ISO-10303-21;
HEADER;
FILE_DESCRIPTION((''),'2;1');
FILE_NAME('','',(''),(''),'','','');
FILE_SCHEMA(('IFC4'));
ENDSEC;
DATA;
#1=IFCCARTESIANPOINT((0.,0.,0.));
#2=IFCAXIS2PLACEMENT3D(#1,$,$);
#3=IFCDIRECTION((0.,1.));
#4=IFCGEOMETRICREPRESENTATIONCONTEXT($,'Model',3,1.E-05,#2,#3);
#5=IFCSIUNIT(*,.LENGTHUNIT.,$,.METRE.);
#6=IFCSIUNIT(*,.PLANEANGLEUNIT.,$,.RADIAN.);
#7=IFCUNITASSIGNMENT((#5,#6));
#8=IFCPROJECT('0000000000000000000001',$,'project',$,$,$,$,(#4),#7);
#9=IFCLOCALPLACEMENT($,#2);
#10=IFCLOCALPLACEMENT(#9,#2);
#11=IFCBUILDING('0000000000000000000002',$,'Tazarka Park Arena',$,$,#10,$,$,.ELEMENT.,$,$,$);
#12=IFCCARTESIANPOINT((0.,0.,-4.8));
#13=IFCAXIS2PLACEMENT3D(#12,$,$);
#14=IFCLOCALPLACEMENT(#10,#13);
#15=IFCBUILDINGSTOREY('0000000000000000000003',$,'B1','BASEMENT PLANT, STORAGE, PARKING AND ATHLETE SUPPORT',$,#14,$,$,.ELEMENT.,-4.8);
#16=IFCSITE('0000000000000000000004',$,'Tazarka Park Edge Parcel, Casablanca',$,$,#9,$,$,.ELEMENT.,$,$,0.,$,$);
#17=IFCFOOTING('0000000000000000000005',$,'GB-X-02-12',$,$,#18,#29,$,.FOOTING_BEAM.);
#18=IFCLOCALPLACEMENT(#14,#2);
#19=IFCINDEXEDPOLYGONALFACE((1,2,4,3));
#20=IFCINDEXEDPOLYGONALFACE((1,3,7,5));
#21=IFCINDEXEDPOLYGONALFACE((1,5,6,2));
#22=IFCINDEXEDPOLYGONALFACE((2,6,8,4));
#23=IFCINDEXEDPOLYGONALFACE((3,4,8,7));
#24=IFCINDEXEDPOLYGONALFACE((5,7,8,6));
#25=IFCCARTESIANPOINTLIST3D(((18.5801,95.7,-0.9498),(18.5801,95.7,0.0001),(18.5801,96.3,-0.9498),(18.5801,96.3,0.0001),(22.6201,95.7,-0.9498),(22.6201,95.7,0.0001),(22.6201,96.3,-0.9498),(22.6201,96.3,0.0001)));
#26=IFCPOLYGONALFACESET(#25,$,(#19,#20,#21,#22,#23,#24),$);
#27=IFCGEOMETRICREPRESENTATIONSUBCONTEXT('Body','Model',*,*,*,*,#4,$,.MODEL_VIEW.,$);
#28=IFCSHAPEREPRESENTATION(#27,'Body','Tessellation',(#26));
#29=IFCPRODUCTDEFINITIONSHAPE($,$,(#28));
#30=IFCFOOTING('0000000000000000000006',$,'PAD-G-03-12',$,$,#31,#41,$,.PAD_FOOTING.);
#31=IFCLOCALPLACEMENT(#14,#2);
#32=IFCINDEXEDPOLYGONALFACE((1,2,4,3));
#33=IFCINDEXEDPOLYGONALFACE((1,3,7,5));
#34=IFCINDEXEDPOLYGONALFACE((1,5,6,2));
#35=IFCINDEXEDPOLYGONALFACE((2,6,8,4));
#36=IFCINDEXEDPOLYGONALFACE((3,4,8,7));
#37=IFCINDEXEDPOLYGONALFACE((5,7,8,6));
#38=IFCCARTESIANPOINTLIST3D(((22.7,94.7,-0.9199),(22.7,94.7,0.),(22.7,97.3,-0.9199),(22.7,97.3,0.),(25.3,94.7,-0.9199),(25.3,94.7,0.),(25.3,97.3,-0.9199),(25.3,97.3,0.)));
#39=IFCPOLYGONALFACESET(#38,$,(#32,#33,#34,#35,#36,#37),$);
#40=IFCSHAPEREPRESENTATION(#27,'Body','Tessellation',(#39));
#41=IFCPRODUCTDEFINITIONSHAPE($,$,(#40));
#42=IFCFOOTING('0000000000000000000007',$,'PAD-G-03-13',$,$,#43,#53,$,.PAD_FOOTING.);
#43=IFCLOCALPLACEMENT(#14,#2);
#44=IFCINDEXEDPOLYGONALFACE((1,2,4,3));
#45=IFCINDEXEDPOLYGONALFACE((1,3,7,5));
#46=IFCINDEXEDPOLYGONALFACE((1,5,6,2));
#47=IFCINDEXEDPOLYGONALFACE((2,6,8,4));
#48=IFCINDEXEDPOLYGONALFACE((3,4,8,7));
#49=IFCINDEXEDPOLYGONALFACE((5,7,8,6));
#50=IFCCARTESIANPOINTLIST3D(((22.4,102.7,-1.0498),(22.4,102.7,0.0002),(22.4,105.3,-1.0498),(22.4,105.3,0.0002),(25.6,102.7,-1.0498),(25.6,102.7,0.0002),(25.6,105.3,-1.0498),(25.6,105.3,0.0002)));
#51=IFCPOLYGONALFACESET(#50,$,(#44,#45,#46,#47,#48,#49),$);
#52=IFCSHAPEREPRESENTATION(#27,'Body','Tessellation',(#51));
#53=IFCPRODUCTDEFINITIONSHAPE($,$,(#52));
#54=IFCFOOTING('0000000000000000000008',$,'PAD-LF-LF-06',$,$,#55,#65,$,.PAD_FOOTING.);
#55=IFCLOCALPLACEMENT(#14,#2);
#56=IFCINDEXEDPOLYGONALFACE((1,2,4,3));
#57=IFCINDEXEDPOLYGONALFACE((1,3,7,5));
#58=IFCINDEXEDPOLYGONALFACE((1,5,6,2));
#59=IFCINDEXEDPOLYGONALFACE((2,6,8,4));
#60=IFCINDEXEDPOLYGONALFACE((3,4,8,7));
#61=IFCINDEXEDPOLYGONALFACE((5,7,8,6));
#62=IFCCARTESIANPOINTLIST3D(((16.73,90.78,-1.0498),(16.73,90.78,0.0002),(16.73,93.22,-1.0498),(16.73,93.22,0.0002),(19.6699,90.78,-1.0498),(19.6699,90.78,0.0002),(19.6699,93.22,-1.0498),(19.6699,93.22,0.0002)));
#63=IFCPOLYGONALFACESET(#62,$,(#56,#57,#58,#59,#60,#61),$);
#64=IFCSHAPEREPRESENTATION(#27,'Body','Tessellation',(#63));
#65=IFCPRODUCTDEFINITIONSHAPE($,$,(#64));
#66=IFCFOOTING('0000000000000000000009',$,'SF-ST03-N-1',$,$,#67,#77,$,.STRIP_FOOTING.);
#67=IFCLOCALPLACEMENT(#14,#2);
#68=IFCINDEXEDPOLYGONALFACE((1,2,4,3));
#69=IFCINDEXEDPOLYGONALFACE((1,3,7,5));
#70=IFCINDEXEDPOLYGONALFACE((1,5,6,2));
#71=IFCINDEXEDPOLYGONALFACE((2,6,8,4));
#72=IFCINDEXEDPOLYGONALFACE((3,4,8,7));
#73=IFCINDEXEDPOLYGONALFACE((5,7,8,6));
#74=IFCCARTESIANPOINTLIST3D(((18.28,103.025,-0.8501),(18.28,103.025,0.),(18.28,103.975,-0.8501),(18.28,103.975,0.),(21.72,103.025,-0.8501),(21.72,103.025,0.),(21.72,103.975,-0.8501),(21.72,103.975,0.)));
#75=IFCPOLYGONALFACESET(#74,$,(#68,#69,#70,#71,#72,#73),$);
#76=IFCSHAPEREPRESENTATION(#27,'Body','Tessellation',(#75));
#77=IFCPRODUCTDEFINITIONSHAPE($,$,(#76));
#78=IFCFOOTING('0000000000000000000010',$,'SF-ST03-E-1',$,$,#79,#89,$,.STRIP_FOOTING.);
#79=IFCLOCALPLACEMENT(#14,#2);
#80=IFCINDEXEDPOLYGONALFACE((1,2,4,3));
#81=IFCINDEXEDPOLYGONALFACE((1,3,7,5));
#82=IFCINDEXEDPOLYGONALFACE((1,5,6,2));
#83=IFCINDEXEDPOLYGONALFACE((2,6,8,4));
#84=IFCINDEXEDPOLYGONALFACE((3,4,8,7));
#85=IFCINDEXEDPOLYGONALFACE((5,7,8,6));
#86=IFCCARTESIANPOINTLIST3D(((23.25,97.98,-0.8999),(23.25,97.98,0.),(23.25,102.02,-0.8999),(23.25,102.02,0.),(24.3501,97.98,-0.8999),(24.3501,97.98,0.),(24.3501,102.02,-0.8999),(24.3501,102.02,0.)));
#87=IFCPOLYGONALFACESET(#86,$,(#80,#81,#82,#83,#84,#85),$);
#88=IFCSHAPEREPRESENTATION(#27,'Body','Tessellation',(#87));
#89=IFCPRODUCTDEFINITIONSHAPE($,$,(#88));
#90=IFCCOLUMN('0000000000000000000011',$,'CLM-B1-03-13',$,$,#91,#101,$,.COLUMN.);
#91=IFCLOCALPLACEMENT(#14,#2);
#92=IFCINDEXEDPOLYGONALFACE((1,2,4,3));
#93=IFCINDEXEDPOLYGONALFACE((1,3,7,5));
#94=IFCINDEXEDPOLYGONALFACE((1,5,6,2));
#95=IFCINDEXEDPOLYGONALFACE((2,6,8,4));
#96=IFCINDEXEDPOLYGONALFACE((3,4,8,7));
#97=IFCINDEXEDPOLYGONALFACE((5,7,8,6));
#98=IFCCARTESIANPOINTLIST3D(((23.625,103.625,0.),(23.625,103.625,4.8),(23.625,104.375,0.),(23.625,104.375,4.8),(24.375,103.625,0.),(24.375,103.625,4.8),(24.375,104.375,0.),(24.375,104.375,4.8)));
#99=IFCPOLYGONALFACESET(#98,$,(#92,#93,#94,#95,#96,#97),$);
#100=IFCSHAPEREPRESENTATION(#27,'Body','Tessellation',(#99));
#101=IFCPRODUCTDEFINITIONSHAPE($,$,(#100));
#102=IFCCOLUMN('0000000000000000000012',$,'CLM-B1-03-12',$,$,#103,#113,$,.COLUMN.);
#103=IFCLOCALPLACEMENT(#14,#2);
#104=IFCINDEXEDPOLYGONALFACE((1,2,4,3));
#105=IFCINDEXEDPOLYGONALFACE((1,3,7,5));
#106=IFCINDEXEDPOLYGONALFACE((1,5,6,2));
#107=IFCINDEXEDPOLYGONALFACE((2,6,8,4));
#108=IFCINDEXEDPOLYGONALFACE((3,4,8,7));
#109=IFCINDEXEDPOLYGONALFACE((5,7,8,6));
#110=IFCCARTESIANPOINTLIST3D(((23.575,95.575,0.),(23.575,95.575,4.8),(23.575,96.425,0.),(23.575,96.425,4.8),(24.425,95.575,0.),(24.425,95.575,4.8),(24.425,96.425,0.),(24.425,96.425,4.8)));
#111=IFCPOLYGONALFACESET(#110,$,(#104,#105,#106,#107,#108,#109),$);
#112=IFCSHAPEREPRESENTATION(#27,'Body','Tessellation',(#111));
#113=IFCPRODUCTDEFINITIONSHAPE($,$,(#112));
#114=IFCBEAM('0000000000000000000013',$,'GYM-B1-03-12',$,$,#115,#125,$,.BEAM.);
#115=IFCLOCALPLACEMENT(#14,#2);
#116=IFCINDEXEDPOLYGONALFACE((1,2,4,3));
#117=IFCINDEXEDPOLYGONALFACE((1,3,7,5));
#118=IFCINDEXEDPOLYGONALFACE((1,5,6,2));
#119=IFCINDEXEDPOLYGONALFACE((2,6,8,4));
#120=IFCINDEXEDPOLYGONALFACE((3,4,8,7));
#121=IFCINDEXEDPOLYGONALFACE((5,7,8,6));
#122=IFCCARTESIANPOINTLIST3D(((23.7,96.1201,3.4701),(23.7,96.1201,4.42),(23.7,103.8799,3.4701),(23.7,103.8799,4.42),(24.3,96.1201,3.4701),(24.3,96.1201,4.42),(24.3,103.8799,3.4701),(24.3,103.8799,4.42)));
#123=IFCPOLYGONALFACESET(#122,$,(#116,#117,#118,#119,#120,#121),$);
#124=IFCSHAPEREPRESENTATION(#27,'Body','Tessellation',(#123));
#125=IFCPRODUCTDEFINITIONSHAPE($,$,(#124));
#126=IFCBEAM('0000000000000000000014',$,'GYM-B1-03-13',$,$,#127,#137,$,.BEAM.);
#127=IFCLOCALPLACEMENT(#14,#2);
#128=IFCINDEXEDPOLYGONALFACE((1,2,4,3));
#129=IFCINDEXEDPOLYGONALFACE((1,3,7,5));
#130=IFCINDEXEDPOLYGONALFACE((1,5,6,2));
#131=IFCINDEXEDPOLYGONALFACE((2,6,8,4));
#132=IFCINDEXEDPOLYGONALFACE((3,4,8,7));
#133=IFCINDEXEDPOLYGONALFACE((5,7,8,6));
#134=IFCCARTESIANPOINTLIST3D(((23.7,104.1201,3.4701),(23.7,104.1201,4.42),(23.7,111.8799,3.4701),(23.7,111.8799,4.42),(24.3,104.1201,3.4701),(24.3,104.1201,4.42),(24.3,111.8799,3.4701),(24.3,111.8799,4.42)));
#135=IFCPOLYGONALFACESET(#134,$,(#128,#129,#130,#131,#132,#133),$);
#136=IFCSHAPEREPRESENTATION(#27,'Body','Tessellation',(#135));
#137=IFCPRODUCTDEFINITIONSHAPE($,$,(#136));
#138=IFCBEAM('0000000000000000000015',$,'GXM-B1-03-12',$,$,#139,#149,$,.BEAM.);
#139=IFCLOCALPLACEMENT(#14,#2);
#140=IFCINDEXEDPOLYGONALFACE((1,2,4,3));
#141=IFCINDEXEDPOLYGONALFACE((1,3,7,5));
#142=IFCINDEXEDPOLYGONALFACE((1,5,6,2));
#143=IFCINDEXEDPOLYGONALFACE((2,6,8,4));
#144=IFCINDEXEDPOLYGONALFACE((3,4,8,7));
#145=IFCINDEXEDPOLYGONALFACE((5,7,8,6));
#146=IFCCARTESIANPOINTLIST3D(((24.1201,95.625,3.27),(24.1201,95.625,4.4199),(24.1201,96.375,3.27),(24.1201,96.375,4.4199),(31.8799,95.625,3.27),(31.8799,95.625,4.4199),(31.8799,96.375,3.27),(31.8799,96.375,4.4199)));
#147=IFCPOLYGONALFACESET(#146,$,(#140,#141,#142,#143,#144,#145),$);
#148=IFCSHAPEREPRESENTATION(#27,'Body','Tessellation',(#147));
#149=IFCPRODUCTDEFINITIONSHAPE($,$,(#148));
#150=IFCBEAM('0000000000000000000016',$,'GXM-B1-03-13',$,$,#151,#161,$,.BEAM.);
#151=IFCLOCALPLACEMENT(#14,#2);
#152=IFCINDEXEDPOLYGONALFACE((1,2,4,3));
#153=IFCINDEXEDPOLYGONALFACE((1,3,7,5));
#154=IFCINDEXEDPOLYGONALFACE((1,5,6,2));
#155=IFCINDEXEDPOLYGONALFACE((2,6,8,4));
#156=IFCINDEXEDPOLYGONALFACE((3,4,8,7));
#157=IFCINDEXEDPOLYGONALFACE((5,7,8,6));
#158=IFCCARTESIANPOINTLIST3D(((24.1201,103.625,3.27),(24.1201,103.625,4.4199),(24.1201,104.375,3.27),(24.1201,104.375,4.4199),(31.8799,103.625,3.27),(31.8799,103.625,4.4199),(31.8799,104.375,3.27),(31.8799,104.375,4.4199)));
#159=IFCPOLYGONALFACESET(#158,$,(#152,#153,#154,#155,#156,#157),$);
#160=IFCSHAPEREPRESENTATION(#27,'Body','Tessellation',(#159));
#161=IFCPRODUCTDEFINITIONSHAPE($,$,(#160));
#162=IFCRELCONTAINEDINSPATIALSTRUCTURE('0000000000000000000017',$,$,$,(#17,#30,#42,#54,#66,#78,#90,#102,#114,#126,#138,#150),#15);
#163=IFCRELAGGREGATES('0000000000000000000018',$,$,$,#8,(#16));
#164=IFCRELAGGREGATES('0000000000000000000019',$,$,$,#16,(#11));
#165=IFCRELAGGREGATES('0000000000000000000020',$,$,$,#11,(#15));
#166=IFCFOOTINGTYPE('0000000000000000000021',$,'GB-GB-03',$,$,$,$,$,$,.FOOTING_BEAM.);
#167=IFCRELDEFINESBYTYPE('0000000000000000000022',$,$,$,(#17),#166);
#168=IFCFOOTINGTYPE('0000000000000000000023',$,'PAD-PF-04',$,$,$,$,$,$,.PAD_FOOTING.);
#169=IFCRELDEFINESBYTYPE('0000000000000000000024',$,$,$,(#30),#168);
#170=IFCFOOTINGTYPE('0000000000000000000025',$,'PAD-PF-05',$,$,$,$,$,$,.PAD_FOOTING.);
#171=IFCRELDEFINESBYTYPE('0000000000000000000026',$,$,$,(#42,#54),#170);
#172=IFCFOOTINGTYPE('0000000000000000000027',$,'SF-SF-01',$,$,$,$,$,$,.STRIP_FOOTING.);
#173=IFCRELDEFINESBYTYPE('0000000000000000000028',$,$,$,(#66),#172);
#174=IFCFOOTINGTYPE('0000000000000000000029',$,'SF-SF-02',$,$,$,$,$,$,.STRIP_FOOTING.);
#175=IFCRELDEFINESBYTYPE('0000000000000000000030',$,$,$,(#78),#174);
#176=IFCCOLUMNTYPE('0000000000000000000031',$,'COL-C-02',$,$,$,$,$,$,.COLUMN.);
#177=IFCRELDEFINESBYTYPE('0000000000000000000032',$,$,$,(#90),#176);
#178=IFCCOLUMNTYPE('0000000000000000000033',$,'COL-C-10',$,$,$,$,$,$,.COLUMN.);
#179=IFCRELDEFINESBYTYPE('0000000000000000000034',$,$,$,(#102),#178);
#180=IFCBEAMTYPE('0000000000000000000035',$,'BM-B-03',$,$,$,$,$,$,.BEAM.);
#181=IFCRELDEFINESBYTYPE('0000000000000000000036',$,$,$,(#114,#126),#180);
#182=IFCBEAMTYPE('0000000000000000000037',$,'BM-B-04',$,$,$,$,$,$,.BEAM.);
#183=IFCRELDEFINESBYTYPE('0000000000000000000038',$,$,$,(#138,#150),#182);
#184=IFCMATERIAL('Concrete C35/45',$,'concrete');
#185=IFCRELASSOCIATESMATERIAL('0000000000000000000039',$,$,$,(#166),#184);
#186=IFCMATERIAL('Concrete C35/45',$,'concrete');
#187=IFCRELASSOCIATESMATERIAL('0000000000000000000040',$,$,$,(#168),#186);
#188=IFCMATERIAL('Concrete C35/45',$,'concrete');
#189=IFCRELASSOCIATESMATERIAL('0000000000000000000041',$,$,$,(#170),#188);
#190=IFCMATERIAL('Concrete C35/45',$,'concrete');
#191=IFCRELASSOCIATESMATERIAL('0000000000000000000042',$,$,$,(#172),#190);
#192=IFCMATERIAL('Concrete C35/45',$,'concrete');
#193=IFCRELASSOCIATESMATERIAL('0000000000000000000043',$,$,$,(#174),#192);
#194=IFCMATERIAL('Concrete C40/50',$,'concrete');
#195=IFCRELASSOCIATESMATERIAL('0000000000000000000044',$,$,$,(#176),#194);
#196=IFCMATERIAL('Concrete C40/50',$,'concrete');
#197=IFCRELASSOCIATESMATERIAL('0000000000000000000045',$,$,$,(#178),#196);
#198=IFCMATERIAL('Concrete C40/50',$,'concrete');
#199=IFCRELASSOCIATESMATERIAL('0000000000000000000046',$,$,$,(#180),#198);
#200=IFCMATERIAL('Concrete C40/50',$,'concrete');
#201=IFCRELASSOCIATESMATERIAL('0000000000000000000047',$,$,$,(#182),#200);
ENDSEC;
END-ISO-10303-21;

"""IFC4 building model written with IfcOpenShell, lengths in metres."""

from ifc_helpers import new_model, si_unit, direction, frame, origin, origin_2d, place, context, subcontext, project, spatial, rectangle, extrude, material, material_profile, profile_set, type_object, element, save


model = new_model("IFC4")

# Units and contexts
model_context = context("Model", 3, precision=1e-05, world=origin(), true_north=direction((0.0, 1.0)))
body_context = subcontext(model_context, "Body", "Model", "MODEL_VIEW")
ifc_project = project(units=[si_unit("LENGTHUNIT", "METRE"), si_unit("PLANEANGLEUNIT", "RADIAN")], contexts=[model_context])

# Site, building, storey
site_placement = place(None, origin())
site = spatial("IfcSite", under=ifc_project, at=site_placement, Name="Tazarka Park Edge Parcel, Casablanca", CompositionType="ELEMENT", RefElevation=0.0)
building_placement = place(site_placement, origin())
building = spatial("IfcBuilding", under=site, at=building_placement, Name="Tazarka Park Arena", CompositionType="ELEMENT")
storey_placement = place(building_placement, frame((0.0, 0.0, -4.8)))
storey = spatial("IfcBuildingStorey", under=building, at=storey_placement, Name="B1", Description="BASEMENT PLANT, STORAGE, PARKING AND ATHLETE SUPPORT", CompositionType="ELEMENT", Elevation=-4.8)

# Footings
ifc_material_1 = material(Name="Concrete C35/45", Category="concrete")
ifc_material_profile_1 = material_profile(ifc_material_1, rectangle(XDim=0.6001, YDim=0.95, at=origin_2d()), Name="Concrete C35/45")
ifc_profile_set_1 = profile_set([ifc_material_profile_1], Name="Concrete C35/45")
footing_type_1 = type_object("IfcFootingType", Name="GB-GB-03", PredefinedType="FOOTING_BEAM", material=ifc_profile_set_1)
footing_1_placement = place(storey_placement, frame((18.5801, 96.0, -0.4749), z_axis=(1.0, 0.0, 0.0), x_axis=(0.0, 1.0, 0.0)))
element("IfcFooting", 1, at=footing_1_placement, inside=storey, type_object=footing_type_1, Name="GB-X-02-12", PredefinedType="FOOTING_BEAM", context=body_context, shape_type="SweptSolid", body=[
    extrude(rectangle(XDim=0.6001, YDim=0.95, at=origin_2d()), origin(), (0.0, 0.0, 1.0), 4.04),
])
ifc_material_2 = material(Name="Concrete C35/45", Category="concrete")
footing_type_2 = type_object("IfcFootingType", Name="PAD-PF-04", PredefinedType="PAD_FOOTING", material=ifc_material_2)
footing_2_placement = place(storey_placement, frame((24.0, 96.0, -0.9199), z_axis=(0.0, 0.0, 1.0), x_axis=(1.0, 0.0, 0.0)))
element("IfcFooting", 2, at=footing_2_placement, inside=storey, type_object=footing_type_2, Name="PAD-G-03-12", PredefinedType="PAD_FOOTING", context=body_context, shape_type="SweptSolid", body=[
    extrude(rectangle(XDim=2.6001, YDim=2.6001, at=origin_2d()), origin(), (0.0, 0.0, 1.0), 0.9199),
])
ifc_material_3 = material(Name="Concrete C35/45", Category="concrete")
footing_type_3 = type_object("IfcFootingType", Name="PAD-PF-05", PredefinedType="PAD_FOOTING", material=ifc_material_3)
footing_3_placement = place(storey_placement, frame((24.0, 104.0, -1.0498), z_axis=(0.0, 0.0, 1.0), x_axis=(1.0, 0.0, 0.0)))
element("IfcFooting", 3, at=footing_3_placement, inside=storey, type_object=footing_type_3, Name="PAD-G-03-13", PredefinedType="PAD_FOOTING", context=body_context, shape_type="SweptSolid", body=[
    extrude(rectangle(XDim=3.2, YDim=2.6001, at=origin_2d()), origin(), (0.0, 0.0, 1.0), 1.05),
])
footing_4_placement = place(storey_placement, frame((18.2, 92.0, -1.0498), z_axis=(0.0, 0.0, 1.0), x_axis=(1.0, 0.0, 0.0)))
element("IfcFooting", 4, at=footing_4_placement, inside=storey, type_object=footing_type_3, Name="PAD-LF-LF-06", PredefinedType="PAD_FOOTING", context=body_context, shape_type="SweptSolid", body=[
    extrude(rectangle(XDim=2.9399, YDim=2.4399, at=origin_2d()), origin(), (0.0, 0.0, 1.0), 1.05),
])
ifc_material_4 = material(Name="Concrete C35/45", Category="concrete")
ifc_material_profile_2 = material_profile(ifc_material_4, rectangle(XDim=0.95, YDim=0.8501, at=origin_2d()), Name="Concrete C35/45")
ifc_profile_set_2 = profile_set([ifc_material_profile_2], Name="Concrete C35/45")
footing_type_4 = type_object("IfcFootingType", Name="SF-SF-01", PredefinedType="STRIP_FOOTING", material=ifc_profile_set_2)
footing_5_placement = place(storey_placement, frame((18.28, 103.5, -0.425), z_axis=(1.0, 0.0, 0.0), x_axis=(0.0, 1.0, 0.0)))
element("IfcFooting", 5, at=footing_5_placement, inside=storey, type_object=footing_type_4, Name="SF-ST03-N-1", PredefinedType="STRIP_FOOTING", context=body_context, shape_type="SweptSolid", body=[
    extrude(rectangle(XDim=0.95, YDim=0.8501, at=origin_2d()), origin(), (0.0, 0.0, 1.0), 3.4399),
])
ifc_material_5 = material(Name="Concrete C35/45", Category="concrete")
ifc_material_profile_3 = material_profile(ifc_material_5, rectangle(XDim=1.1001, YDim=0.8999, at=origin_2d()), Name="Concrete C35/45")
ifc_profile_set_3 = profile_set([ifc_material_profile_3], Name="Concrete C35/45")
footing_type_5 = type_object("IfcFootingType", Name="SF-SF-02", PredefinedType="STRIP_FOOTING", material=ifc_profile_set_3)
footing_6_placement = place(storey_placement, frame((23.8, 102.02, -0.45), z_axis=(0.0, -1.0, 0.0), x_axis=(1.0, 0.0, 0.0)))
element("IfcFooting", 6, at=footing_6_placement, inside=storey, type_object=footing_type_5, Name="SF-ST03-E-1", PredefinedType="STRIP_FOOTING", context=body_context, shape_type="SweptSolid", body=[
    extrude(rectangle(XDim=1.1001, YDim=0.8999, at=origin_2d()), origin(), (0.0, 0.0, 1.0), 4.04),
])

# Columns
ifc_material_6 = material(Name="Concrete C40/50", Category="concrete")
ifc_material_profile_4 = material_profile(ifc_material_6, rectangle(XDim=0.75, YDim=0.75, at=origin_2d()), Name="Concrete C40/50")
ifc_profile_set_4 = profile_set([ifc_material_profile_4], Name="Concrete C40/50")
column_type_1 = type_object("IfcColumnType", Name="COL-C-02", PredefinedType="COLUMN", material=ifc_profile_set_4)
column_1_placement = place(storey_placement, frame((24.0, 104.0, 0.0), z_axis=(0.0, 0.0, 1.0), x_axis=(1.0, 0.0, 0.0)))
element("IfcColumn", 7, at=column_1_placement, inside=storey, type_object=column_type_1, Name="CLM-B1-03-13", PredefinedType="COLUMN", context=body_context, shape_type="SweptSolid", body=[
    extrude(rectangle(XDim=0.75, YDim=0.75, at=origin_2d()), origin(), (0.0, 0.0, 1.0), 4.8),
])
ifc_material_7 = material(Name="Concrete C40/50", Category="concrete")
ifc_material_profile_5 = material_profile(ifc_material_7, rectangle(XDim=0.8501, YDim=0.8501, at=origin_2d()), Name="Concrete C40/50")
ifc_profile_set_5 = profile_set([ifc_material_profile_5], Name="Concrete C40/50")
column_type_2 = type_object("IfcColumnType", Name="COL-C-10", PredefinedType="COLUMN", material=ifc_profile_set_5)
column_2_placement = place(storey_placement, frame((24.0, 96.0, 0.0), z_axis=(0.0, 0.0, 1.0), x_axis=(1.0, 0.0, 0.0)))
element("IfcColumn", 8, at=column_2_placement, inside=storey, type_object=column_type_2, Name="CLM-B1-03-12", PredefinedType="COLUMN", context=body_context, shape_type="SweptSolid", body=[
    extrude(rectangle(XDim=0.8501, YDim=0.8501, at=origin_2d()), origin(), (0.0, 0.0, 1.0), 4.8),
])

# Beams
ifc_material_8 = material(Name="Concrete C40/50", Category="concrete")
ifc_material_profile_6 = material_profile(ifc_material_8, rectangle(XDim=0.6001, YDim=0.95, at=origin_2d()), Name="Concrete C40/50")
ifc_profile_set_6 = profile_set([ifc_material_profile_6], Name="Concrete C40/50")
beam_type_1 = type_object("IfcBeamType", Name="BM-B-03", PredefinedType="BEAM", material=ifc_profile_set_6)
for number, where, z_axis, x_axis, name in (
    (9, (24.0, 96.1201, 3.9451), (0.0, 1.0, 0.0), (-1.0, 0.0, 0.0), "GYM-B1-03-12"),
    (10, (24.0, 104.1201, 3.9451), (0.0, 1.0, 0.0), (-1.0, 0.0, 0.0), "GYM-B1-03-13"),
):
    element("IfcBeam", number, at=place(storey_placement, frame(where, z_axis=z_axis, x_axis=x_axis)), inside=storey, type_object=beam_type_1, Name=name, PredefinedType="BEAM", context=body_context, shape_type="SweptSolid", body=[
        extrude(rectangle(XDim=0.6001, YDim=0.95, at=origin_2d()), origin(), (0.0, 0.0, 1.0), 7.7598),
    ])
ifc_material_9 = material(Name="Concrete C40/50", Category="concrete")
ifc_material_profile_7 = material_profile(ifc_material_9, rectangle(XDim=0.75, YDim=1.1499, at=origin_2d()), Name="Concrete C40/50")
ifc_profile_set_7 = profile_set([ifc_material_profile_7], Name="Concrete C40/50")
beam_type_2 = type_object("IfcBeamType", Name="BM-B-04", PredefinedType="BEAM", material=ifc_profile_set_7)
for number, where, z_axis, x_axis, name in (
    (11, (24.1201, 96.0, 3.845), (1.0, 0.0, 0.0), (0.0, 1.0, 0.0), "GXM-B1-03-12"),
    (12, (24.1201, 104.0, 3.845), (1.0, 0.0, 0.0), (0.0, 1.0, 0.0), "GXM-B1-03-13"),
):
    element("IfcBeam", number, at=place(storey_placement, frame(where, z_axis=z_axis, x_axis=x_axis)), inside=storey, type_object=beam_type_2, Name=name, PredefinedType="BEAM", context=body_context, shape_type="SweptSolid", body=[
        extrude(rectangle(XDim=0.75, YDim=1.1499, at=origin_2d()), origin(), (0.0, 0.0, 1.0), 7.7598),
    ])

save(model, "model.ifc")
